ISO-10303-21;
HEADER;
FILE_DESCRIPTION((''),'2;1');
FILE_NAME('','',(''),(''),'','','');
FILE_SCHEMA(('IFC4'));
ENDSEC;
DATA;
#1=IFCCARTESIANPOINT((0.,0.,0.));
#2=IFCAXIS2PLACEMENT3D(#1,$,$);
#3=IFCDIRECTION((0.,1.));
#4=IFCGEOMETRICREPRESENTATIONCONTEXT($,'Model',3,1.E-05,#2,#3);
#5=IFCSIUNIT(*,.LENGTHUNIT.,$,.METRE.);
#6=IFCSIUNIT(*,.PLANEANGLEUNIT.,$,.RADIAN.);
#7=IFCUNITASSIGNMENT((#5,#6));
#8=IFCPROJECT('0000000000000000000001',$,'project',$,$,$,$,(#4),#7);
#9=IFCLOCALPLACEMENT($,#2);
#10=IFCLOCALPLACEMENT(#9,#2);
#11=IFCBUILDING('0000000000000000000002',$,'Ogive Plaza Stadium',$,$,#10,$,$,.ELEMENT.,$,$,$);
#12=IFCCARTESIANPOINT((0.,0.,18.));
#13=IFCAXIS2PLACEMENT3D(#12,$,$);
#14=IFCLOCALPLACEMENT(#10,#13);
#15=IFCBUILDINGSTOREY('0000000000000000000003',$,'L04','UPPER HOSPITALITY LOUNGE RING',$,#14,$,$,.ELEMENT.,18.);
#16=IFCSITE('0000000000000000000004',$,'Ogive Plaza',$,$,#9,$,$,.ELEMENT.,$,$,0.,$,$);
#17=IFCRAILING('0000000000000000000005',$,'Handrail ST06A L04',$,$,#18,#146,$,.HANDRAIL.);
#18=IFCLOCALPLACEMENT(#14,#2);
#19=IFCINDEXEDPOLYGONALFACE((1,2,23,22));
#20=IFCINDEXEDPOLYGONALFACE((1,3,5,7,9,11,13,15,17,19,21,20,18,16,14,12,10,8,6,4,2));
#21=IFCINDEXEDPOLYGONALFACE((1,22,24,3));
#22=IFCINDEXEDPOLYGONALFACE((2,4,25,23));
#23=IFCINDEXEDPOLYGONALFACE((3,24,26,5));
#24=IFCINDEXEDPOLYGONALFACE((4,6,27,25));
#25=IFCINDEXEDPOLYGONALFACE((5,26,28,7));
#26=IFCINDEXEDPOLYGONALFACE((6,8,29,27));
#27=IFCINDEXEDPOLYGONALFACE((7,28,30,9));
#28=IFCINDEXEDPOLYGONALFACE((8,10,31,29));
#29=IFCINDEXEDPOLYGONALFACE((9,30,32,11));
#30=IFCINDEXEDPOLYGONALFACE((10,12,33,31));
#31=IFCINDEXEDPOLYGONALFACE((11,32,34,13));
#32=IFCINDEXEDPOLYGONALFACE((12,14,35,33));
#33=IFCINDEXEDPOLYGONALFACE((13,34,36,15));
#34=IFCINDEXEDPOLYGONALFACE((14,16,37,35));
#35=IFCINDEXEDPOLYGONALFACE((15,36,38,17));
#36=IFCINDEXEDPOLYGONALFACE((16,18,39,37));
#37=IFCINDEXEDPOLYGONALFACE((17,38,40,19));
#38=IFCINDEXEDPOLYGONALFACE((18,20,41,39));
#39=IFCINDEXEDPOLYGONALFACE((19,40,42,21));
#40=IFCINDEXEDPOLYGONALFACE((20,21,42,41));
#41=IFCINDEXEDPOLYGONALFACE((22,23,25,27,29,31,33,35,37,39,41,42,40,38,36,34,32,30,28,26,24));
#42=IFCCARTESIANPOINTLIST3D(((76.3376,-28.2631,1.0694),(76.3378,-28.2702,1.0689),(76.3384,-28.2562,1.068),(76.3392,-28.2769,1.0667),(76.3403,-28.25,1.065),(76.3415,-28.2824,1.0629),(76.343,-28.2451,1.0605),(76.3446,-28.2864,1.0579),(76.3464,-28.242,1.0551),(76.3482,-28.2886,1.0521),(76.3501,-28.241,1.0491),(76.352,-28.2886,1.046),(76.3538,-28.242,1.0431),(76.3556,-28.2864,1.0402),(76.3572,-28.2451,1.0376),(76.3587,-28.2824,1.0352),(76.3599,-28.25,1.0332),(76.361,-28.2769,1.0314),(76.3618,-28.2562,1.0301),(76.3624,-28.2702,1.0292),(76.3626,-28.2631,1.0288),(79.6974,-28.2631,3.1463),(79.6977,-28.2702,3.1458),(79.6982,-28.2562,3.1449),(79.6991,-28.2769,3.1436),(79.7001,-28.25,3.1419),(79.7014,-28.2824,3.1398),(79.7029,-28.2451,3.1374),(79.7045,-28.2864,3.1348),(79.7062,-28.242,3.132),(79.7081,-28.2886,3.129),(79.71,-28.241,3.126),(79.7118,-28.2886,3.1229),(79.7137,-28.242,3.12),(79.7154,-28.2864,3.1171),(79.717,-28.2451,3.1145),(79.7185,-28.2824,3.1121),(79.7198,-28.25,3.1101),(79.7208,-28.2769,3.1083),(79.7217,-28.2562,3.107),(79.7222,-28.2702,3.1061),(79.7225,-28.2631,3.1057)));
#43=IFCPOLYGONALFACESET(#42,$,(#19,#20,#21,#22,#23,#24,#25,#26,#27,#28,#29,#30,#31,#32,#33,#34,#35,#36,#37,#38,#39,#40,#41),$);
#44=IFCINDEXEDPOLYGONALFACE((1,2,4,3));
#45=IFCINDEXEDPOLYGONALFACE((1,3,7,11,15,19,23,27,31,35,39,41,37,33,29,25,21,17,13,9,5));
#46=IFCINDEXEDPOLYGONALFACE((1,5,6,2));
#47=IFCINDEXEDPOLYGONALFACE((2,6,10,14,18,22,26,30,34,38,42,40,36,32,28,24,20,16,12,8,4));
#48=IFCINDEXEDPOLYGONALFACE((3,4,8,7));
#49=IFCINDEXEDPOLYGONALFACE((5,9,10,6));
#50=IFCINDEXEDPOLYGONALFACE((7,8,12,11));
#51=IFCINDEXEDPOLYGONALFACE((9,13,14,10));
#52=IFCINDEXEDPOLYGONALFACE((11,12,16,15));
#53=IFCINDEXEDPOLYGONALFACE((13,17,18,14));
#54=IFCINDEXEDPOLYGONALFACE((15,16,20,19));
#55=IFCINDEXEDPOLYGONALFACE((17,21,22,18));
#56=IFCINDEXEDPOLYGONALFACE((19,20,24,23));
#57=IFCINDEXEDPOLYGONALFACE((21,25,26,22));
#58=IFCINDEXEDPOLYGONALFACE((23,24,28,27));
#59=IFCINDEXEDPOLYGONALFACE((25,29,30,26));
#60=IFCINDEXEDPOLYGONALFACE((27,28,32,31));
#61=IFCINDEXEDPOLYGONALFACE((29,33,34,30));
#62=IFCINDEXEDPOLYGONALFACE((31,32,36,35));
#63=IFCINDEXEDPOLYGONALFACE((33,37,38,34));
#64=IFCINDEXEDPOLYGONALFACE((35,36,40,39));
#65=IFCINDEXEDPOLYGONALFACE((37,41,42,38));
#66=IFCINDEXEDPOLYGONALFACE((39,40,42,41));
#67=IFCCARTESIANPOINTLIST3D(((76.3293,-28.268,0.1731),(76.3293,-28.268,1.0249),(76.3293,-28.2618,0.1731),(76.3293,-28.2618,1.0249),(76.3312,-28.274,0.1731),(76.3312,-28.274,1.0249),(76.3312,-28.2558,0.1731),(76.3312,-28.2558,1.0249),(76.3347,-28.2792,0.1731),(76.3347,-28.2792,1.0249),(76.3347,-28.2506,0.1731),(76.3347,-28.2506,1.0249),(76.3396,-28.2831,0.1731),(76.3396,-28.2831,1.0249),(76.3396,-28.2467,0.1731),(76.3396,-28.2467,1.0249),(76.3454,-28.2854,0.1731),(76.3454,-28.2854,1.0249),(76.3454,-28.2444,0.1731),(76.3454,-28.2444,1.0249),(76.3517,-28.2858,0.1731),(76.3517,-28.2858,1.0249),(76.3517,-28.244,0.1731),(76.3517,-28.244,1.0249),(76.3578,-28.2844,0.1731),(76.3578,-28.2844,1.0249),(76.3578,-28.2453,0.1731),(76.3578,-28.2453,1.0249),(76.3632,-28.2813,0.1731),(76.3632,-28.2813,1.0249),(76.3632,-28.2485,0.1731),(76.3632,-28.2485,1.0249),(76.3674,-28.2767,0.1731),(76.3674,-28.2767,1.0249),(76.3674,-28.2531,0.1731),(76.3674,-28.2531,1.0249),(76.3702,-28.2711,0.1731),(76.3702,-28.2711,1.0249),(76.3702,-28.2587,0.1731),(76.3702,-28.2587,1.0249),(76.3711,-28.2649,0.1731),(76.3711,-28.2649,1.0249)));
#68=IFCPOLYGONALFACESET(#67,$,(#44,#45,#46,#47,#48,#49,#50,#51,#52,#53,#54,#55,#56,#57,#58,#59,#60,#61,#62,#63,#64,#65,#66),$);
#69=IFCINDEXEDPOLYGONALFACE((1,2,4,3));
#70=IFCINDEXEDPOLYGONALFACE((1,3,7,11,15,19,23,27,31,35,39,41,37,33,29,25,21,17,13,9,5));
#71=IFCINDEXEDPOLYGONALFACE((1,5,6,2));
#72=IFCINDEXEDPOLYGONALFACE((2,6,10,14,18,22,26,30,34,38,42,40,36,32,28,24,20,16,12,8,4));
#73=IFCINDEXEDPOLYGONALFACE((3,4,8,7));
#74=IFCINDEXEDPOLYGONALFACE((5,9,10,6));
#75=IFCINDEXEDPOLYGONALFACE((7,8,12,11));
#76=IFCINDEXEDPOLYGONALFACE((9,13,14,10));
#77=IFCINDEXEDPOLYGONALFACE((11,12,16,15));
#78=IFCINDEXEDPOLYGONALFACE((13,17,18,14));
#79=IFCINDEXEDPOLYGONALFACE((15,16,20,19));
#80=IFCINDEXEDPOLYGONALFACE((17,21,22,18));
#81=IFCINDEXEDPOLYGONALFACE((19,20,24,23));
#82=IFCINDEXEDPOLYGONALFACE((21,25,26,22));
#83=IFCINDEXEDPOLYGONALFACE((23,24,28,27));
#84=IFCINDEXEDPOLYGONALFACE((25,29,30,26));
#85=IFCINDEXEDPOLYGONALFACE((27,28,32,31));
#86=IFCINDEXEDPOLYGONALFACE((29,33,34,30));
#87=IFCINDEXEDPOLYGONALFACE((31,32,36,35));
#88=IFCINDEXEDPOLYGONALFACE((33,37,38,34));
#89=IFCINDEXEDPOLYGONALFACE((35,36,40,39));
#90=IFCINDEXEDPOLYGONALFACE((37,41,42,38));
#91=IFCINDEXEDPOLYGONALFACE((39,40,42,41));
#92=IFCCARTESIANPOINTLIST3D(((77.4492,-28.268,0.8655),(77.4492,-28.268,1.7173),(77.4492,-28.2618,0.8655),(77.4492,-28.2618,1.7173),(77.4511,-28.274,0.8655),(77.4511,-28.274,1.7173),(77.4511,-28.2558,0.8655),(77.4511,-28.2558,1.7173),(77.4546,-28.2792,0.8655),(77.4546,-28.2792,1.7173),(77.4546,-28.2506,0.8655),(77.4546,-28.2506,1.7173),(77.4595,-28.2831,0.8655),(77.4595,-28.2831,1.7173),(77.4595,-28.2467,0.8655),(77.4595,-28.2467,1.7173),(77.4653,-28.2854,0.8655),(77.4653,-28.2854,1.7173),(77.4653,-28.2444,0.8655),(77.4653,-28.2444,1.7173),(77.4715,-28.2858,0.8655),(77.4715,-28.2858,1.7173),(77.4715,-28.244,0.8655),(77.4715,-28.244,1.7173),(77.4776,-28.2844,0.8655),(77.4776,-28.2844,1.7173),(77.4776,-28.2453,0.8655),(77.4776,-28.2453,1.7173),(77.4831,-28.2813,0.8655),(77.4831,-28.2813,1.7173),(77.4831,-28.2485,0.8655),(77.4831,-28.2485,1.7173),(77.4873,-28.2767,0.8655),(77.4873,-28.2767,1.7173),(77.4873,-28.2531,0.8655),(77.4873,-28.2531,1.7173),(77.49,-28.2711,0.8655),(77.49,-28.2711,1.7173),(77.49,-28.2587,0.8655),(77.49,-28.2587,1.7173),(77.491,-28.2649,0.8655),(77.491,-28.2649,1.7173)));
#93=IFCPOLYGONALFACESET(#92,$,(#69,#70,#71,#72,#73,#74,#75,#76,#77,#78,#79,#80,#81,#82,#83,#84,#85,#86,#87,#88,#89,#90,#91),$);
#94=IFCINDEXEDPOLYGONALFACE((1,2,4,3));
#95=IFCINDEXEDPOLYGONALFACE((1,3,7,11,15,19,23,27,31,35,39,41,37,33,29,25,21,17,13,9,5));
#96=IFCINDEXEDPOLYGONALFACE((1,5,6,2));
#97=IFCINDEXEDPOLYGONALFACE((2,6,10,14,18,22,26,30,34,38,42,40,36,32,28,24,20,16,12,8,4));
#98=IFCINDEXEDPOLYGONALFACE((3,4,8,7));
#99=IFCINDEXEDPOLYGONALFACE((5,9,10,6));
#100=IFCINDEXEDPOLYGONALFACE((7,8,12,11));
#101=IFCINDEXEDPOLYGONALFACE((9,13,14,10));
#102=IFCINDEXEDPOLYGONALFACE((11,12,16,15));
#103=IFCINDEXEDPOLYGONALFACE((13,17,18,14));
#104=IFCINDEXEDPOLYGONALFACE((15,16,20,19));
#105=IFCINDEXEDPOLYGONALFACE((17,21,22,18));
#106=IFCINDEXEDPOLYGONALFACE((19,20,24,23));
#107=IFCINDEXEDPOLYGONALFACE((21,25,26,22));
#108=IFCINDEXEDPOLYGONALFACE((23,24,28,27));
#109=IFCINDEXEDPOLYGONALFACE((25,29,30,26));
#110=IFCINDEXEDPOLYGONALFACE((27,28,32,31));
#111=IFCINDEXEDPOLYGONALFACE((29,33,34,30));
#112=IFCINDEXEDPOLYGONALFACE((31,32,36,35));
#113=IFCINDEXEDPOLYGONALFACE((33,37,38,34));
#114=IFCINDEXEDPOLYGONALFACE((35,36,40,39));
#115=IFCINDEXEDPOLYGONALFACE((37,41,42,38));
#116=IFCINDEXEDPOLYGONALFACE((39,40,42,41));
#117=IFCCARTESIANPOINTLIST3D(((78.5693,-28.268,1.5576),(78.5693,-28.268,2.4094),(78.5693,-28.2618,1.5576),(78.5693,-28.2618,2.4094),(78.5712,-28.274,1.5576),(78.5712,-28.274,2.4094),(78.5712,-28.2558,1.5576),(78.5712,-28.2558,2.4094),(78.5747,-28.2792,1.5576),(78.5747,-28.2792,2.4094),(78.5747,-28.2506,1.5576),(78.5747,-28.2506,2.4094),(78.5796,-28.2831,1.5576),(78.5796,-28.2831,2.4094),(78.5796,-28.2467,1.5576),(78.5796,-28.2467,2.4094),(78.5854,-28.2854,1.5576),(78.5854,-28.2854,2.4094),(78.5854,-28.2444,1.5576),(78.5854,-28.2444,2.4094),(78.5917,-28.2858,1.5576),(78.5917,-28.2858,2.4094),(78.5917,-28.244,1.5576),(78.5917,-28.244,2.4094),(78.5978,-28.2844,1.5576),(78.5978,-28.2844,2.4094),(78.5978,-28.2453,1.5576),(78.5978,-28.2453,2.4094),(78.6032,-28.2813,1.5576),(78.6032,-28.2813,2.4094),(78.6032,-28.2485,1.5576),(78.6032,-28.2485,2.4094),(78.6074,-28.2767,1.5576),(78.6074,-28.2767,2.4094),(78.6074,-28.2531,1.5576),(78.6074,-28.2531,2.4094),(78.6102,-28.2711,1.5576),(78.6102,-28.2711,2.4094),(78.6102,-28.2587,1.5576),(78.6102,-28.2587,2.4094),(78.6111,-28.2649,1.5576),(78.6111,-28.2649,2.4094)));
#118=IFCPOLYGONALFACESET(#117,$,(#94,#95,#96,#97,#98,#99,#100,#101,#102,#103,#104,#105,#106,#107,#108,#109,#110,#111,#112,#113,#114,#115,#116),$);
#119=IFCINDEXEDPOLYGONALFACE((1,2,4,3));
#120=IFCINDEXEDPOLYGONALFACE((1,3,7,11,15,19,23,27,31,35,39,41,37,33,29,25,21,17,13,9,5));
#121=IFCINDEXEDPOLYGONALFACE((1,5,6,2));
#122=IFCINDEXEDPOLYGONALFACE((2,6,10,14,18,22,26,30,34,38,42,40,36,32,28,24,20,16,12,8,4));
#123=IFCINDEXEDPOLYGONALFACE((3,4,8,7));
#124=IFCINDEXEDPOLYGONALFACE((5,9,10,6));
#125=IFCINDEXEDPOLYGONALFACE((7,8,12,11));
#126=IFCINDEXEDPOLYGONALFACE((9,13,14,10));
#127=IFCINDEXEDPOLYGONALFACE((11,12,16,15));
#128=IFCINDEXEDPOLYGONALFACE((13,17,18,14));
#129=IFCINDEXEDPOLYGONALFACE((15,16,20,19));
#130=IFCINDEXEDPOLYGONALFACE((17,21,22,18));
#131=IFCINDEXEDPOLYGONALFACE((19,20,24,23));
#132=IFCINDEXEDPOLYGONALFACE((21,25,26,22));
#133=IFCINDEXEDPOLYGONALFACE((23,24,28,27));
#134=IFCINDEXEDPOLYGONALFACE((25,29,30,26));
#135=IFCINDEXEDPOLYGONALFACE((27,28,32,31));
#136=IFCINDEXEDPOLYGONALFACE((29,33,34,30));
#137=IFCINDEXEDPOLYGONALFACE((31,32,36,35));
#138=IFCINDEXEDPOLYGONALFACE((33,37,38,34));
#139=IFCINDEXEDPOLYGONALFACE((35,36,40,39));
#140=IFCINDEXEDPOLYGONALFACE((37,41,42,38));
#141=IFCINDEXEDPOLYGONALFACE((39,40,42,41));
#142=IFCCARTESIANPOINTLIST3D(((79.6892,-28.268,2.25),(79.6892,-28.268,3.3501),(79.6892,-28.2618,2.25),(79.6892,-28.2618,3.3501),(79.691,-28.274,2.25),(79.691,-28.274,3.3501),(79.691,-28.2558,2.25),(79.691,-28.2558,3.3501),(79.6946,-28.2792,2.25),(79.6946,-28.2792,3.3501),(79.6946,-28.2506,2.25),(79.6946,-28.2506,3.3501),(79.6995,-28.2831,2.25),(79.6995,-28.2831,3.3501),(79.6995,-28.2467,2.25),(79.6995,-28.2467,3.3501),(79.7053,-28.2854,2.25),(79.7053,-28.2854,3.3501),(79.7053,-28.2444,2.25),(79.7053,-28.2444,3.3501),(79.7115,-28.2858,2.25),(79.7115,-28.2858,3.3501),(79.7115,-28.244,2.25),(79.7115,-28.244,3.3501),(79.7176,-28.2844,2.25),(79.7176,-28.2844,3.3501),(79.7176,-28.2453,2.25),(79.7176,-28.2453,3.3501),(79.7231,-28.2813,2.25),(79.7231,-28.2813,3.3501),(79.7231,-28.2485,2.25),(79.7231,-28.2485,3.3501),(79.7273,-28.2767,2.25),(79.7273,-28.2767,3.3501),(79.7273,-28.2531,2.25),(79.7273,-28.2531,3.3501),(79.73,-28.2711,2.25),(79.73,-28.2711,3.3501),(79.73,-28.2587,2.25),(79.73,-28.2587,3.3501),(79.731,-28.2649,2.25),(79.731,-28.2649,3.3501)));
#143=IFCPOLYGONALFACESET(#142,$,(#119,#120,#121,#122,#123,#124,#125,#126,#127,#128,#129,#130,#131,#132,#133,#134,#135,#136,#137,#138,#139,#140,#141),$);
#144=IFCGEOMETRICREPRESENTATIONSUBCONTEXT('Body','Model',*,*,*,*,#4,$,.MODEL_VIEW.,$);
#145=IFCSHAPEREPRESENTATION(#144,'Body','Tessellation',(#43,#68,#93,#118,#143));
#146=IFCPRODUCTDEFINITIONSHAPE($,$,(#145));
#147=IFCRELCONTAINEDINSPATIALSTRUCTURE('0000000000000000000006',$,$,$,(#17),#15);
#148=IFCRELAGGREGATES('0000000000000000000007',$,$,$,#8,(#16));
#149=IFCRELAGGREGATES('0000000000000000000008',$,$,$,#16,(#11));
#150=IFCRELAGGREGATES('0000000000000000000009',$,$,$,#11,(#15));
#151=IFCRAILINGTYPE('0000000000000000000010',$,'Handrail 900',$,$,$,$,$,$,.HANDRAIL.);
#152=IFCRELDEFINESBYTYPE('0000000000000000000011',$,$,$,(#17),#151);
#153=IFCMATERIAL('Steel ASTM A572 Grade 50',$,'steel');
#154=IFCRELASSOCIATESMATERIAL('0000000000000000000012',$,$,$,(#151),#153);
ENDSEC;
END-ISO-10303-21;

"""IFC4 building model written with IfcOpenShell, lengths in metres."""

from ifc_helpers import new_model, si_unit, direction, frame, origin, origin_2d, place, context, subcontext, project, spatial, circle, extrude, material, type_object, element, save


model = new_model("IFC4")

# Units and contexts
model_context = context("Model", 3, precision=1e-05, world=origin(), true_north=direction((0.0, 1.0)))
body_context = subcontext(model_context, "Body", "Model", "MODEL_VIEW")
ifc_project = project(units=[si_unit("LENGTHUNIT", "METRE"), si_unit("PLANEANGLEUNIT", "RADIAN")], contexts=[model_context])

# Site, building, storey
site_placement = place(None, origin())
site = spatial("IfcSite", under=ifc_project, at=site_placement, Name="Ogive Plaza", CompositionType="ELEMENT", RefElevation=0.0)
building_placement = place(site_placement, origin())
building = spatial("IfcBuilding", under=site, at=building_placement, Name="Ogive Plaza Stadium", CompositionType="ELEMENT")
storey_placement = place(building_placement, frame((0.0, 0.0, 18.0)))
storey = spatial("IfcBuildingStorey", under=building, at=storey_placement, Name="L04", Description="UPPER HOSPITALITY LOUNGE RING", CompositionType="ELEMENT", Elevation=18.0)

# Railing
ifc_material_1 = material(Name="Steel ASTM A572 Grade 50", Category="steel")
railing_type_1 = type_object("IfcRailingType", Name="Handrail 900", PredefinedType="HANDRAIL", material=ifc_material_1)
for number, where, name in (
    (1, (76.3501, -28.2649, 0.1731), "Handrail ST06A L04"),
):
    element("IfcRailing", number, at=place(storey_placement, frame(where)), inside=storey, type_object=railing_type_1, Name=name, PredefinedType="HANDRAIL", context=body_context, shape_type="SweptSolid", body=[
        extrude(circle(Radius=0.0239, at=origin_2d()), frame((0.0, 0.0, 0.876), z_axis=(0.850606, 0.0, 0.525803), x_axis=(0.0, 1.0, 0.0)), (0.0, 0.0, 1.0), 3.95),
        extrude(circle(Radius=0.021, at=origin_2d()), origin(), (0.0, 0.0, 1.0), 0.8518),
        extrude(circle(Radius=0.021, at=origin_2d()), frame((1.1199, 0.0, 0.6924)), (0.0, 0.0, 1.0), 0.8518),
        extrude(circle(Radius=0.021, at=origin_2d()), frame((2.24, 0.0, 1.3845)), (0.0, 0.0, 1.0), 0.8518),
        extrude(circle(Radius=0.021, at=origin_2d()), frame((3.3599, 0.0, 2.0769)), (0.0, 0.0, 1.0), 1.1001),
    ])

save(model, "model.ifc")
